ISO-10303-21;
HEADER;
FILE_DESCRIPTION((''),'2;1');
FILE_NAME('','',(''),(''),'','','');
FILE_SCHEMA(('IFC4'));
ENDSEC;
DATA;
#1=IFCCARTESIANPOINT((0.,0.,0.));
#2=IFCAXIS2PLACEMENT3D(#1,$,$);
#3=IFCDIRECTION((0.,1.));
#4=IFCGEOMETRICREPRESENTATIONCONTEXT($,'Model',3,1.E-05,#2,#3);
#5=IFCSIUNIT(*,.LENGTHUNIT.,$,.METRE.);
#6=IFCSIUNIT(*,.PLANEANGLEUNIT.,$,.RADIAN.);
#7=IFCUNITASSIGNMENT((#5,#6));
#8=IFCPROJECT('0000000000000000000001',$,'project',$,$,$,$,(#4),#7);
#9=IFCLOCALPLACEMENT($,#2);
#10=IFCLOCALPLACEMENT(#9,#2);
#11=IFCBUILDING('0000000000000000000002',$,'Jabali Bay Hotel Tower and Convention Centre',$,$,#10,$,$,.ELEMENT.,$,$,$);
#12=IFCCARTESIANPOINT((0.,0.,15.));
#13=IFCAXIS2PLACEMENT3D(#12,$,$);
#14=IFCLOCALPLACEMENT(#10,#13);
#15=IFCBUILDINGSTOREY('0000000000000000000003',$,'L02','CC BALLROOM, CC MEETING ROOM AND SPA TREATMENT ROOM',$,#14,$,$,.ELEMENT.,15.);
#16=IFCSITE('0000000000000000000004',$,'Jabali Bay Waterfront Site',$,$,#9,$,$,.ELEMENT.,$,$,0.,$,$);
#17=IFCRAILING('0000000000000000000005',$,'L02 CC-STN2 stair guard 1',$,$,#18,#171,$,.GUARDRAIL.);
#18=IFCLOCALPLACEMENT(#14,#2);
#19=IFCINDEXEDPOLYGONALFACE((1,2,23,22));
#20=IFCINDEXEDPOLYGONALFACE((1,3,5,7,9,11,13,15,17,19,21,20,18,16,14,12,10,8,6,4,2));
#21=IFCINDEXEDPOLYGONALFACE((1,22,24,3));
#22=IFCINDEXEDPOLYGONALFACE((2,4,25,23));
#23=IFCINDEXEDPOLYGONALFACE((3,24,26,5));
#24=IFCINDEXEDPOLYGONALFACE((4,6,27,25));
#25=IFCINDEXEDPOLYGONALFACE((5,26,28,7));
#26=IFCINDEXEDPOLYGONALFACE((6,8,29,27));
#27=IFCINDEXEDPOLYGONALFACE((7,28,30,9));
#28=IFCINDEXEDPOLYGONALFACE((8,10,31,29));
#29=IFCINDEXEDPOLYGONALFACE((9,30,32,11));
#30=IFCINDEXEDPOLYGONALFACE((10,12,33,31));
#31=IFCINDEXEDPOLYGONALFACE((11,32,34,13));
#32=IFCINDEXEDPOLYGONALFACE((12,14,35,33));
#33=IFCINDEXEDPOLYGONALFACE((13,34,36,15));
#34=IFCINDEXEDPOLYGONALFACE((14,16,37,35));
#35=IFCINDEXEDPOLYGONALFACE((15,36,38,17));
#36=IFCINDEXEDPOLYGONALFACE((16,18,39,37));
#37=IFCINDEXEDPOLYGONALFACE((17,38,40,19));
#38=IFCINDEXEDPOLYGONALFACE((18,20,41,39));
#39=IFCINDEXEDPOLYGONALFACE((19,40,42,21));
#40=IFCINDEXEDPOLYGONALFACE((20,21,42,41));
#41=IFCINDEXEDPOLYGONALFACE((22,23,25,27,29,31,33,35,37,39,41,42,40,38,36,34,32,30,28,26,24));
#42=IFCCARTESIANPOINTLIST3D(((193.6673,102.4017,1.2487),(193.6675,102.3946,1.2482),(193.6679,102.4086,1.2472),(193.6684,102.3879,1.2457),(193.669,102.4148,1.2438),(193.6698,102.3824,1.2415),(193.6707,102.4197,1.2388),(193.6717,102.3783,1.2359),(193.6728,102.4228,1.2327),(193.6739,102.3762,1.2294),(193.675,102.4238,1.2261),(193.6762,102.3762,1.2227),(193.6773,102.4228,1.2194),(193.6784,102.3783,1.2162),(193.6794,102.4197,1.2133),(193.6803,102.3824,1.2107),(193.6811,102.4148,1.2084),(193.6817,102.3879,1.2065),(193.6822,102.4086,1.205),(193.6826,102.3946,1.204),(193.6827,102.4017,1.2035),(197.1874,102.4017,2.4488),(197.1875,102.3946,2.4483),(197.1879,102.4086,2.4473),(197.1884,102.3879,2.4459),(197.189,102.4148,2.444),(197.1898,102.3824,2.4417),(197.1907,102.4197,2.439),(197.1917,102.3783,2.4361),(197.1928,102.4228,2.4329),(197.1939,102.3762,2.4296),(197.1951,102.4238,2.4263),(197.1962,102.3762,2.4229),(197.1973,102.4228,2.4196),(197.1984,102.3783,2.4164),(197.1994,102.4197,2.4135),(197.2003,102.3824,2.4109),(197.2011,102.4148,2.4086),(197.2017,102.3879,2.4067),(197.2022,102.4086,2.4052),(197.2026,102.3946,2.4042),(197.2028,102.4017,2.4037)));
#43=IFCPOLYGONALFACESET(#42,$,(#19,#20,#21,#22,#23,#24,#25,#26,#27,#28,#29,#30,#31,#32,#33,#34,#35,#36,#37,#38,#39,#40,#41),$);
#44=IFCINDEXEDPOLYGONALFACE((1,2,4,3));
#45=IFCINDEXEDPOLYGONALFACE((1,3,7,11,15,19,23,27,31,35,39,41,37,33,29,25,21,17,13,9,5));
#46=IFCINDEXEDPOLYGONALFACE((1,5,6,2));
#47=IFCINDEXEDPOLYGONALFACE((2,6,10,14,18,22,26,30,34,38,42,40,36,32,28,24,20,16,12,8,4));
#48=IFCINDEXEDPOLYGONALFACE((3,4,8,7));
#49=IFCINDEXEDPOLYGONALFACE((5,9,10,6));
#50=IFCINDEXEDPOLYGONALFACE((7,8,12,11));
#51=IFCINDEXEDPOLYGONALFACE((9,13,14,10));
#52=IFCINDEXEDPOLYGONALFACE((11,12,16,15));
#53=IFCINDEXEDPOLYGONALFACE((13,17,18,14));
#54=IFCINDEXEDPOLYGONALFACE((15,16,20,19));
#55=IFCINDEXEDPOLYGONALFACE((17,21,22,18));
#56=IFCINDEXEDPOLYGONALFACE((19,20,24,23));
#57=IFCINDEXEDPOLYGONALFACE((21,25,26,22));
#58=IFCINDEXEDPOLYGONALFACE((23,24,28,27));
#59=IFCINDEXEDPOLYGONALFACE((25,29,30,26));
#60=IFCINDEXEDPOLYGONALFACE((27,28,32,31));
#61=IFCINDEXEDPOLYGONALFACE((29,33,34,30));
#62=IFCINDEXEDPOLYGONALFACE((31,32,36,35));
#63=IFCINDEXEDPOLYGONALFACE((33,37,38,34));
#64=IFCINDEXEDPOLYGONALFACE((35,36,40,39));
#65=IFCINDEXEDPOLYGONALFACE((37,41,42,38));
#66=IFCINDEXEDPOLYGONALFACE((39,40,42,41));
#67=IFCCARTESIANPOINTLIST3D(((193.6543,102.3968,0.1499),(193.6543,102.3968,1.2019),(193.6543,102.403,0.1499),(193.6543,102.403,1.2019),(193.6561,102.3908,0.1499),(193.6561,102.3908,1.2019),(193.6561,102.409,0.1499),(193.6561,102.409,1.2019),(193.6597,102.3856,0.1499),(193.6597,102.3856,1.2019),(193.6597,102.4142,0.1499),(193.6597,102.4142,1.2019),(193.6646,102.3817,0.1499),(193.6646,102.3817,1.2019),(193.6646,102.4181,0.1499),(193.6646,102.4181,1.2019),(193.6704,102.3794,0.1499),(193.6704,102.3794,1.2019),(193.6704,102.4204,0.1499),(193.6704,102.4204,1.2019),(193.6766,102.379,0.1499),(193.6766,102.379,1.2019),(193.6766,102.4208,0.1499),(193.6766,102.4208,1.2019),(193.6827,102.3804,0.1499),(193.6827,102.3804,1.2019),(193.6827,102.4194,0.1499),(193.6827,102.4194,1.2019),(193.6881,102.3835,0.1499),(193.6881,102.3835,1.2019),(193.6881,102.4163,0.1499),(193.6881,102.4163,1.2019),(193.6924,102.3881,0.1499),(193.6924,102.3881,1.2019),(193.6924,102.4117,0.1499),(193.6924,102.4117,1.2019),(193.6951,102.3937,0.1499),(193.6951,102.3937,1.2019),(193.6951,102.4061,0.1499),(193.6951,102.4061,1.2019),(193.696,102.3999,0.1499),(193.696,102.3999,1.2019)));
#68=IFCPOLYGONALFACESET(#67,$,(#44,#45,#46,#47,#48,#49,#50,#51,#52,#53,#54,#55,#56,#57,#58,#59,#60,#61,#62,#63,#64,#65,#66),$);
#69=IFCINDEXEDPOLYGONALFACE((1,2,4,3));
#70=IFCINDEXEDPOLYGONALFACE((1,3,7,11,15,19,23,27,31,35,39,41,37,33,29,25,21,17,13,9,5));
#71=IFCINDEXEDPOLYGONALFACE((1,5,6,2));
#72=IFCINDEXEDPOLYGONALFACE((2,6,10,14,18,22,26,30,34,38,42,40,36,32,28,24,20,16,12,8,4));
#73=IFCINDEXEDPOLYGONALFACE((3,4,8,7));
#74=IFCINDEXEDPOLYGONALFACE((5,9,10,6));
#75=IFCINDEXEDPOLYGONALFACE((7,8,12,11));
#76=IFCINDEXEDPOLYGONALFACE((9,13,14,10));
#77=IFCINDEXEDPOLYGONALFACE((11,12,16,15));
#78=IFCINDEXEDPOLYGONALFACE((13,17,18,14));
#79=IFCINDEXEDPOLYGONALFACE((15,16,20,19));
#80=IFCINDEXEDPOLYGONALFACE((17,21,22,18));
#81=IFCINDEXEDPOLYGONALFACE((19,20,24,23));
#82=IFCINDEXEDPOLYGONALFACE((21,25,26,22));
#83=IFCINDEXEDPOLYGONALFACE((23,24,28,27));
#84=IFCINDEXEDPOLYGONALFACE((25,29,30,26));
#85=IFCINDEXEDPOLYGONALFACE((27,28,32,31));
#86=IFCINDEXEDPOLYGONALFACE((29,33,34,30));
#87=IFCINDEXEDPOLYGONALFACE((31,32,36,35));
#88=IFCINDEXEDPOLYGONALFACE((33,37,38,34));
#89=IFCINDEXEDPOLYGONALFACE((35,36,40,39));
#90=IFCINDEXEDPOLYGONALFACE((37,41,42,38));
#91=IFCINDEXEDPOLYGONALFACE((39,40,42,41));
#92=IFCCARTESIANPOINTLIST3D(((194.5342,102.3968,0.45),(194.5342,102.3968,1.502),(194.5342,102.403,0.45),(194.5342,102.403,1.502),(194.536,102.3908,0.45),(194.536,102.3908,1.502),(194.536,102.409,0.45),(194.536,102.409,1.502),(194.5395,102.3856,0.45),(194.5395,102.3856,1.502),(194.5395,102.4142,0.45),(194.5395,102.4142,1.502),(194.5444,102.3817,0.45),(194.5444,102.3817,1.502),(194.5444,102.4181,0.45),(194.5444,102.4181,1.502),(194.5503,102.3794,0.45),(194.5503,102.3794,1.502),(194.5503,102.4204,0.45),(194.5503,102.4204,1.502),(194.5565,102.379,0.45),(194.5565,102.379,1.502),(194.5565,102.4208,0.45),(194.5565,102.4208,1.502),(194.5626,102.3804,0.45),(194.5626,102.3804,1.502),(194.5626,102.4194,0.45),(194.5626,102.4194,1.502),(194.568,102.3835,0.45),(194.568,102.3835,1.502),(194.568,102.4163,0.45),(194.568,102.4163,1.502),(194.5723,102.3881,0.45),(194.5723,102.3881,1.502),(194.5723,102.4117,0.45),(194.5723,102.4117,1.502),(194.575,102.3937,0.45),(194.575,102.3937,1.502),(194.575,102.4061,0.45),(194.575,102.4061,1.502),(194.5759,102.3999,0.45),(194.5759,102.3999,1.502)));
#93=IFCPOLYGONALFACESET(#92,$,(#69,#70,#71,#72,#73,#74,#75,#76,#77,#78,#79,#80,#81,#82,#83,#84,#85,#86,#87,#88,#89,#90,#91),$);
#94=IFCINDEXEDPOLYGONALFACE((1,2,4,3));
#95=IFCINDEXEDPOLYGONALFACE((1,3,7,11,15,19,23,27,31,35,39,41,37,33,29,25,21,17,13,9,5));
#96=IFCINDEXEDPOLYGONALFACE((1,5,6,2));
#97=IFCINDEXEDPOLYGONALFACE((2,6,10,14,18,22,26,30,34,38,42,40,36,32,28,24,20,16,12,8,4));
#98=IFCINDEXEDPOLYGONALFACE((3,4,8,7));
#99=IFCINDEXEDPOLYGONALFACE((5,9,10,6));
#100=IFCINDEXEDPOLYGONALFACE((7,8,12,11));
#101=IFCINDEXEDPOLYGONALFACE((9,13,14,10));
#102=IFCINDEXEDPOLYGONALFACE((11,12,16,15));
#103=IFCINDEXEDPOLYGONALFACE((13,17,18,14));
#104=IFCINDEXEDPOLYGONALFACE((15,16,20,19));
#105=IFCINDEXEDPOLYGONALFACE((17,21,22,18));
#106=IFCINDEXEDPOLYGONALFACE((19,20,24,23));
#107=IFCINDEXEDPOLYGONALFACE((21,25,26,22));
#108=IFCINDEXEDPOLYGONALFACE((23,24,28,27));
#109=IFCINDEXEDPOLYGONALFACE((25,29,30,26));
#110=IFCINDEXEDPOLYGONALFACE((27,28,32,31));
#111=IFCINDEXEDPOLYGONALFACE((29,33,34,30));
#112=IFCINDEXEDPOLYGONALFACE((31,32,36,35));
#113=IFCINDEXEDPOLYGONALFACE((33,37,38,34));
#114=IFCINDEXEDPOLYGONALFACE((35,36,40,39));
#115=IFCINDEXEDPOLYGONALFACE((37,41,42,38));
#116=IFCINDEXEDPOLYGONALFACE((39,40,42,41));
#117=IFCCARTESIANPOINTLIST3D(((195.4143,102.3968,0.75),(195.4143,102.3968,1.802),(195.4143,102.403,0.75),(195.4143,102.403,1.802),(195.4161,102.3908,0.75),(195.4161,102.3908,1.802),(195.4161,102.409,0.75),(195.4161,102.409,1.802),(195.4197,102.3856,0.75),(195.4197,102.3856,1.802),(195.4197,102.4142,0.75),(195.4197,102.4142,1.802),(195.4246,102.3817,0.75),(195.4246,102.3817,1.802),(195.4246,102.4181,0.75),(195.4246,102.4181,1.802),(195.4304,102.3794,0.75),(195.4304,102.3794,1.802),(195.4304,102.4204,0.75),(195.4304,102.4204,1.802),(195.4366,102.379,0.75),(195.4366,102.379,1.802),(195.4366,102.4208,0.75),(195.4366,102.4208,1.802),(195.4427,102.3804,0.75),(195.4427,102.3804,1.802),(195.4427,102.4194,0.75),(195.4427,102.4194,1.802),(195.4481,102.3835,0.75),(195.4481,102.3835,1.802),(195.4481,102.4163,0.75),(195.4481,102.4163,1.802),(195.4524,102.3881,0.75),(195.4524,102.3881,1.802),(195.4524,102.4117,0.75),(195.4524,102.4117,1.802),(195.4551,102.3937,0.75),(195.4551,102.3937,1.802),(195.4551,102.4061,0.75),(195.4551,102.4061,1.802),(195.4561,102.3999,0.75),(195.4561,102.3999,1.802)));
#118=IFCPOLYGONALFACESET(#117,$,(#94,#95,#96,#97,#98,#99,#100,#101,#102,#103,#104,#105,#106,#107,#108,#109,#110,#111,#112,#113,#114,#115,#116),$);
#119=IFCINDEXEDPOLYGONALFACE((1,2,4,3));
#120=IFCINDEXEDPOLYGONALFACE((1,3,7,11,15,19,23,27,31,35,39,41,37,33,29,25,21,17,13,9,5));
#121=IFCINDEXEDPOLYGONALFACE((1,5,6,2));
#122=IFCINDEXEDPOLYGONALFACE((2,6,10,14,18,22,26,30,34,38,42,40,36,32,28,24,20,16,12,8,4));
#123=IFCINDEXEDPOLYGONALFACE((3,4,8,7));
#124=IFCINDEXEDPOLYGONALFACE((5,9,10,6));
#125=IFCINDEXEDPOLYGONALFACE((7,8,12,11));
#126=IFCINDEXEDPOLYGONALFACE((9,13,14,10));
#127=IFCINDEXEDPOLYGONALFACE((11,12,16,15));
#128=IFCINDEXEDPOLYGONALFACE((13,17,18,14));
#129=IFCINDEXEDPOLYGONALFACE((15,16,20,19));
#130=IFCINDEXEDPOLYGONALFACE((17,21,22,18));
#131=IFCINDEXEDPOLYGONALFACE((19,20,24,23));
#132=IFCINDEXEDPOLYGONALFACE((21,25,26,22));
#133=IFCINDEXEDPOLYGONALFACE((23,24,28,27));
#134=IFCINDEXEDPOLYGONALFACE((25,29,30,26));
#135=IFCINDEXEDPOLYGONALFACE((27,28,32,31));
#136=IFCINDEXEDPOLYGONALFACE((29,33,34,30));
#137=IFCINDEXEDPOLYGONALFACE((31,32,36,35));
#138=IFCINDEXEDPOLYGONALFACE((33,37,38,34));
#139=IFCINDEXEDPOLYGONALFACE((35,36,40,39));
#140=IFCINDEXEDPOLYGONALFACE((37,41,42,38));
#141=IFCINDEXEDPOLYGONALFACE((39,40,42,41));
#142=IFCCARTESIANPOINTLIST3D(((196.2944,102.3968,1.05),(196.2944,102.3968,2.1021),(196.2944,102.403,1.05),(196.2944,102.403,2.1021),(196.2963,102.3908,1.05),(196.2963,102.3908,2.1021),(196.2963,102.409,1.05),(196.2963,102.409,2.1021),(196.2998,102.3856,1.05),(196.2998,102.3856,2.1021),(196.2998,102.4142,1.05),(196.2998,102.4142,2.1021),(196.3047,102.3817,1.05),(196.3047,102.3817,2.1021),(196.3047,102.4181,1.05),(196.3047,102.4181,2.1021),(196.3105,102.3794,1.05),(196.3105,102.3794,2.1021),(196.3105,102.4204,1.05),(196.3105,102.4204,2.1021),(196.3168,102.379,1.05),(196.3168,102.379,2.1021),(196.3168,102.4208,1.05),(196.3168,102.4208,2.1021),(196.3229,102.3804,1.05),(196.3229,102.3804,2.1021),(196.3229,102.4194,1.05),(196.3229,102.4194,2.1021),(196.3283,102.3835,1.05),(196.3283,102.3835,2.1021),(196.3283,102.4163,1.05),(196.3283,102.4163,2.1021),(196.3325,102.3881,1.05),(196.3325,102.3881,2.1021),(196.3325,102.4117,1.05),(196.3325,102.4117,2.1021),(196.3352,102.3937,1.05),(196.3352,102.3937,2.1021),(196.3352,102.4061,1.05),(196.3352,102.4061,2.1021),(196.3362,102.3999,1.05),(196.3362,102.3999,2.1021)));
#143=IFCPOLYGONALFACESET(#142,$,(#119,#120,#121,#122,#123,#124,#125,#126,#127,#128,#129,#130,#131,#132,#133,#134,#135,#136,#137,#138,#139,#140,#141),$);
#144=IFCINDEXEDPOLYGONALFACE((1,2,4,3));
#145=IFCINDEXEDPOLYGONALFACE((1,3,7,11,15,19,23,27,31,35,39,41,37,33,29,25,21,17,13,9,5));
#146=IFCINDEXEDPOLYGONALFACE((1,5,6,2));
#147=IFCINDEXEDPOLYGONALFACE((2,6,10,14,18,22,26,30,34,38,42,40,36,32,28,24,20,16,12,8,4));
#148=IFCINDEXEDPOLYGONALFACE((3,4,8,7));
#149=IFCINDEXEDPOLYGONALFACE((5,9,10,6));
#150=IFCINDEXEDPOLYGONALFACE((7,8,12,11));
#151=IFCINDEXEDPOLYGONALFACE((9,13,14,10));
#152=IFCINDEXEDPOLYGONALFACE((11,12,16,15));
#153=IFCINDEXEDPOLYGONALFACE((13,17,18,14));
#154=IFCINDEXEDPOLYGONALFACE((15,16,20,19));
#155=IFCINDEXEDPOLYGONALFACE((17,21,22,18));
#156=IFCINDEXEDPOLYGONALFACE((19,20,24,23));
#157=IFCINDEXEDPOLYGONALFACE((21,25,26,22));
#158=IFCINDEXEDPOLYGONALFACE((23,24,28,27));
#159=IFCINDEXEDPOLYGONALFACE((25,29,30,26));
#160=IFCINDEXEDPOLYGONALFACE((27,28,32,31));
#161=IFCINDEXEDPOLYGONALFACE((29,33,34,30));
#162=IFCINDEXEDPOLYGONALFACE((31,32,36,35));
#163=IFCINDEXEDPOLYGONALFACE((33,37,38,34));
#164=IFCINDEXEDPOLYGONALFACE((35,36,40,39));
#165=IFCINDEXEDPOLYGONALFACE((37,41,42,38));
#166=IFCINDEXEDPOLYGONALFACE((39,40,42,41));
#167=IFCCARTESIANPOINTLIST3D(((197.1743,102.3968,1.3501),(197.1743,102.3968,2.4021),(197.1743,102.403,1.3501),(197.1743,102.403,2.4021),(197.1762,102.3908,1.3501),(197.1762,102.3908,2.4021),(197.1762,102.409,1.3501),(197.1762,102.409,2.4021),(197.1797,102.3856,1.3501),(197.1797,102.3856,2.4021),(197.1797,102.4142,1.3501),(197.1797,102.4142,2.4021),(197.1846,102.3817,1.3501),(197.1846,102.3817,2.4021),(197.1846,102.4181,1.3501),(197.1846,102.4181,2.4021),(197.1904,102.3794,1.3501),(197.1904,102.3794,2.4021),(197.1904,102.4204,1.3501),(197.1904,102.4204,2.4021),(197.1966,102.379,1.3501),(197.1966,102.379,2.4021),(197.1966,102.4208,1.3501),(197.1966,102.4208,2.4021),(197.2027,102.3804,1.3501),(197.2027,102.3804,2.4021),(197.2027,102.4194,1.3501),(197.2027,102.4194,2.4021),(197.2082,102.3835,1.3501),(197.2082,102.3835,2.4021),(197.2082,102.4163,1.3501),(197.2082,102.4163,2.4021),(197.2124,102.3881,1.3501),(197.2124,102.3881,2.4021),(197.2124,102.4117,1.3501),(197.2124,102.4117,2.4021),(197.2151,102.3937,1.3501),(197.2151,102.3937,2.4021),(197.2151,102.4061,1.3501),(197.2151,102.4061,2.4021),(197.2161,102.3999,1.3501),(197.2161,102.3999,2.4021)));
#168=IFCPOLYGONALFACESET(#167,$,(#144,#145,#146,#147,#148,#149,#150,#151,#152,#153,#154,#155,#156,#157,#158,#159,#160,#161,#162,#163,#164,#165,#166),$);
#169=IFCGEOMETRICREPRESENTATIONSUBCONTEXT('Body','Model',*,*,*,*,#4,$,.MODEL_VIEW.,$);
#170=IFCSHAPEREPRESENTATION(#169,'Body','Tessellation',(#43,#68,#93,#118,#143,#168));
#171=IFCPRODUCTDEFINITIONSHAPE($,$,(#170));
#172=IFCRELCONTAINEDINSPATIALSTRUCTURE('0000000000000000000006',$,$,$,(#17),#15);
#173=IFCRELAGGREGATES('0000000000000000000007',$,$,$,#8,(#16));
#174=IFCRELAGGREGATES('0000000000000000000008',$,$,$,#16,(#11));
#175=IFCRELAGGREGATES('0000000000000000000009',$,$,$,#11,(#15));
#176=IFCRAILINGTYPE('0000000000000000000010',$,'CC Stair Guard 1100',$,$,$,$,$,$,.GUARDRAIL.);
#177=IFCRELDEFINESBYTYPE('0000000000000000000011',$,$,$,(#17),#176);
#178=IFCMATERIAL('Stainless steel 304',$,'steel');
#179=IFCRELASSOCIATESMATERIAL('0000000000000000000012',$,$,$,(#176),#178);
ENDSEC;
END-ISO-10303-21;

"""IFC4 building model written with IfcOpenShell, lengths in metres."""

from ifc_helpers import new_model, si_unit, direction, frame, origin, origin_2d, place, context, subcontext, project, spatial, circle, extrude, material, type_object, element, save


model = new_model("IFC4")

# Units and contexts
model_context = context("Model", 3, precision=1e-05, world=origin(), true_north=direction((0.0, 1.0)))
body_context = subcontext(model_context, "Body", "Model", "MODEL_VIEW")
ifc_project = project(units=[si_unit("LENGTHUNIT", "METRE"), si_unit("PLANEANGLEUNIT", "RADIAN")], contexts=[model_context])

# Site, building, storey
site_placement = place(None, origin())
site = spatial("IfcSite", under=ifc_project, at=site_placement, Name="Jabali Bay Waterfront Site", CompositionType="ELEMENT", RefElevation=0.0)
building_placement = place(site_placement, origin())
building = spatial("IfcBuilding", under=site, at=building_placement, Name="Jabali Bay Hotel Tower and Convention Centre", CompositionType="ELEMENT")
storey_placement = place(building_placement, frame((0.0, 0.0, 15.0)))
storey = spatial("IfcBuildingStorey", under=building, at=storey_placement, Name="L02", Description="CC BALLROOM, CC MEETING ROOM AND SPA TREATMENT ROOM", CompositionType="ELEMENT", Elevation=15.0)

# Railing
ifc_material_1 = material(Name="Stainless steel 304", Category="steel")
railing_type_1 = type_object("IfcRailingType", Name="CC Stair Guard 1100", PredefinedType="GUARDRAIL", material=ifc_material_1)
railing_1_placement = place(storey_placement, frame((193.675, 102.3999, 0.1499)))
element("IfcRailing", 1, at=railing_1_placement, inside=storey, type_object=railing_type_1, Name="L02 CC-STN2 stair guard 1", PredefinedType="GUARDRAIL", context=body_context, shape_type="SweptSolid", body=[
    extrude(circle(Radius=0.0239, at=origin_2d()), frame((0.0, 0.0, 1.0762), z_axis=(0.946495, 0.0, 0.322719), x_axis=(0.0, 1.0, 0.0)), (0.0, 0.0, 1.0), 3.719),
    extrude(circle(Radius=0.021, at=origin_2d()), origin(), (0.0, 0.0, 1.0), 1.052),
    extrude(circle(Radius=0.021, at=origin_2d()), frame((0.8799, 0.0, 0.3)), (0.0, 0.0, 1.0), 1.052),
    extrude(circle(Radius=0.021, at=origin_2d()), frame((1.76, 0.0, 0.6001)), (0.0, 0.0, 1.0), 1.052),
    extrude(circle(Radius=0.021, at=origin_2d()), frame((2.6401, 0.0, 0.9001)), (0.0, 0.0, 1.0), 1.052),
    extrude(circle(Radius=0.021, at=origin_2d()), frame((3.52, 0.0, 1.2002)), (0.0, 0.0, 1.0), 1.052),
])

save(model, "model.ifc")
